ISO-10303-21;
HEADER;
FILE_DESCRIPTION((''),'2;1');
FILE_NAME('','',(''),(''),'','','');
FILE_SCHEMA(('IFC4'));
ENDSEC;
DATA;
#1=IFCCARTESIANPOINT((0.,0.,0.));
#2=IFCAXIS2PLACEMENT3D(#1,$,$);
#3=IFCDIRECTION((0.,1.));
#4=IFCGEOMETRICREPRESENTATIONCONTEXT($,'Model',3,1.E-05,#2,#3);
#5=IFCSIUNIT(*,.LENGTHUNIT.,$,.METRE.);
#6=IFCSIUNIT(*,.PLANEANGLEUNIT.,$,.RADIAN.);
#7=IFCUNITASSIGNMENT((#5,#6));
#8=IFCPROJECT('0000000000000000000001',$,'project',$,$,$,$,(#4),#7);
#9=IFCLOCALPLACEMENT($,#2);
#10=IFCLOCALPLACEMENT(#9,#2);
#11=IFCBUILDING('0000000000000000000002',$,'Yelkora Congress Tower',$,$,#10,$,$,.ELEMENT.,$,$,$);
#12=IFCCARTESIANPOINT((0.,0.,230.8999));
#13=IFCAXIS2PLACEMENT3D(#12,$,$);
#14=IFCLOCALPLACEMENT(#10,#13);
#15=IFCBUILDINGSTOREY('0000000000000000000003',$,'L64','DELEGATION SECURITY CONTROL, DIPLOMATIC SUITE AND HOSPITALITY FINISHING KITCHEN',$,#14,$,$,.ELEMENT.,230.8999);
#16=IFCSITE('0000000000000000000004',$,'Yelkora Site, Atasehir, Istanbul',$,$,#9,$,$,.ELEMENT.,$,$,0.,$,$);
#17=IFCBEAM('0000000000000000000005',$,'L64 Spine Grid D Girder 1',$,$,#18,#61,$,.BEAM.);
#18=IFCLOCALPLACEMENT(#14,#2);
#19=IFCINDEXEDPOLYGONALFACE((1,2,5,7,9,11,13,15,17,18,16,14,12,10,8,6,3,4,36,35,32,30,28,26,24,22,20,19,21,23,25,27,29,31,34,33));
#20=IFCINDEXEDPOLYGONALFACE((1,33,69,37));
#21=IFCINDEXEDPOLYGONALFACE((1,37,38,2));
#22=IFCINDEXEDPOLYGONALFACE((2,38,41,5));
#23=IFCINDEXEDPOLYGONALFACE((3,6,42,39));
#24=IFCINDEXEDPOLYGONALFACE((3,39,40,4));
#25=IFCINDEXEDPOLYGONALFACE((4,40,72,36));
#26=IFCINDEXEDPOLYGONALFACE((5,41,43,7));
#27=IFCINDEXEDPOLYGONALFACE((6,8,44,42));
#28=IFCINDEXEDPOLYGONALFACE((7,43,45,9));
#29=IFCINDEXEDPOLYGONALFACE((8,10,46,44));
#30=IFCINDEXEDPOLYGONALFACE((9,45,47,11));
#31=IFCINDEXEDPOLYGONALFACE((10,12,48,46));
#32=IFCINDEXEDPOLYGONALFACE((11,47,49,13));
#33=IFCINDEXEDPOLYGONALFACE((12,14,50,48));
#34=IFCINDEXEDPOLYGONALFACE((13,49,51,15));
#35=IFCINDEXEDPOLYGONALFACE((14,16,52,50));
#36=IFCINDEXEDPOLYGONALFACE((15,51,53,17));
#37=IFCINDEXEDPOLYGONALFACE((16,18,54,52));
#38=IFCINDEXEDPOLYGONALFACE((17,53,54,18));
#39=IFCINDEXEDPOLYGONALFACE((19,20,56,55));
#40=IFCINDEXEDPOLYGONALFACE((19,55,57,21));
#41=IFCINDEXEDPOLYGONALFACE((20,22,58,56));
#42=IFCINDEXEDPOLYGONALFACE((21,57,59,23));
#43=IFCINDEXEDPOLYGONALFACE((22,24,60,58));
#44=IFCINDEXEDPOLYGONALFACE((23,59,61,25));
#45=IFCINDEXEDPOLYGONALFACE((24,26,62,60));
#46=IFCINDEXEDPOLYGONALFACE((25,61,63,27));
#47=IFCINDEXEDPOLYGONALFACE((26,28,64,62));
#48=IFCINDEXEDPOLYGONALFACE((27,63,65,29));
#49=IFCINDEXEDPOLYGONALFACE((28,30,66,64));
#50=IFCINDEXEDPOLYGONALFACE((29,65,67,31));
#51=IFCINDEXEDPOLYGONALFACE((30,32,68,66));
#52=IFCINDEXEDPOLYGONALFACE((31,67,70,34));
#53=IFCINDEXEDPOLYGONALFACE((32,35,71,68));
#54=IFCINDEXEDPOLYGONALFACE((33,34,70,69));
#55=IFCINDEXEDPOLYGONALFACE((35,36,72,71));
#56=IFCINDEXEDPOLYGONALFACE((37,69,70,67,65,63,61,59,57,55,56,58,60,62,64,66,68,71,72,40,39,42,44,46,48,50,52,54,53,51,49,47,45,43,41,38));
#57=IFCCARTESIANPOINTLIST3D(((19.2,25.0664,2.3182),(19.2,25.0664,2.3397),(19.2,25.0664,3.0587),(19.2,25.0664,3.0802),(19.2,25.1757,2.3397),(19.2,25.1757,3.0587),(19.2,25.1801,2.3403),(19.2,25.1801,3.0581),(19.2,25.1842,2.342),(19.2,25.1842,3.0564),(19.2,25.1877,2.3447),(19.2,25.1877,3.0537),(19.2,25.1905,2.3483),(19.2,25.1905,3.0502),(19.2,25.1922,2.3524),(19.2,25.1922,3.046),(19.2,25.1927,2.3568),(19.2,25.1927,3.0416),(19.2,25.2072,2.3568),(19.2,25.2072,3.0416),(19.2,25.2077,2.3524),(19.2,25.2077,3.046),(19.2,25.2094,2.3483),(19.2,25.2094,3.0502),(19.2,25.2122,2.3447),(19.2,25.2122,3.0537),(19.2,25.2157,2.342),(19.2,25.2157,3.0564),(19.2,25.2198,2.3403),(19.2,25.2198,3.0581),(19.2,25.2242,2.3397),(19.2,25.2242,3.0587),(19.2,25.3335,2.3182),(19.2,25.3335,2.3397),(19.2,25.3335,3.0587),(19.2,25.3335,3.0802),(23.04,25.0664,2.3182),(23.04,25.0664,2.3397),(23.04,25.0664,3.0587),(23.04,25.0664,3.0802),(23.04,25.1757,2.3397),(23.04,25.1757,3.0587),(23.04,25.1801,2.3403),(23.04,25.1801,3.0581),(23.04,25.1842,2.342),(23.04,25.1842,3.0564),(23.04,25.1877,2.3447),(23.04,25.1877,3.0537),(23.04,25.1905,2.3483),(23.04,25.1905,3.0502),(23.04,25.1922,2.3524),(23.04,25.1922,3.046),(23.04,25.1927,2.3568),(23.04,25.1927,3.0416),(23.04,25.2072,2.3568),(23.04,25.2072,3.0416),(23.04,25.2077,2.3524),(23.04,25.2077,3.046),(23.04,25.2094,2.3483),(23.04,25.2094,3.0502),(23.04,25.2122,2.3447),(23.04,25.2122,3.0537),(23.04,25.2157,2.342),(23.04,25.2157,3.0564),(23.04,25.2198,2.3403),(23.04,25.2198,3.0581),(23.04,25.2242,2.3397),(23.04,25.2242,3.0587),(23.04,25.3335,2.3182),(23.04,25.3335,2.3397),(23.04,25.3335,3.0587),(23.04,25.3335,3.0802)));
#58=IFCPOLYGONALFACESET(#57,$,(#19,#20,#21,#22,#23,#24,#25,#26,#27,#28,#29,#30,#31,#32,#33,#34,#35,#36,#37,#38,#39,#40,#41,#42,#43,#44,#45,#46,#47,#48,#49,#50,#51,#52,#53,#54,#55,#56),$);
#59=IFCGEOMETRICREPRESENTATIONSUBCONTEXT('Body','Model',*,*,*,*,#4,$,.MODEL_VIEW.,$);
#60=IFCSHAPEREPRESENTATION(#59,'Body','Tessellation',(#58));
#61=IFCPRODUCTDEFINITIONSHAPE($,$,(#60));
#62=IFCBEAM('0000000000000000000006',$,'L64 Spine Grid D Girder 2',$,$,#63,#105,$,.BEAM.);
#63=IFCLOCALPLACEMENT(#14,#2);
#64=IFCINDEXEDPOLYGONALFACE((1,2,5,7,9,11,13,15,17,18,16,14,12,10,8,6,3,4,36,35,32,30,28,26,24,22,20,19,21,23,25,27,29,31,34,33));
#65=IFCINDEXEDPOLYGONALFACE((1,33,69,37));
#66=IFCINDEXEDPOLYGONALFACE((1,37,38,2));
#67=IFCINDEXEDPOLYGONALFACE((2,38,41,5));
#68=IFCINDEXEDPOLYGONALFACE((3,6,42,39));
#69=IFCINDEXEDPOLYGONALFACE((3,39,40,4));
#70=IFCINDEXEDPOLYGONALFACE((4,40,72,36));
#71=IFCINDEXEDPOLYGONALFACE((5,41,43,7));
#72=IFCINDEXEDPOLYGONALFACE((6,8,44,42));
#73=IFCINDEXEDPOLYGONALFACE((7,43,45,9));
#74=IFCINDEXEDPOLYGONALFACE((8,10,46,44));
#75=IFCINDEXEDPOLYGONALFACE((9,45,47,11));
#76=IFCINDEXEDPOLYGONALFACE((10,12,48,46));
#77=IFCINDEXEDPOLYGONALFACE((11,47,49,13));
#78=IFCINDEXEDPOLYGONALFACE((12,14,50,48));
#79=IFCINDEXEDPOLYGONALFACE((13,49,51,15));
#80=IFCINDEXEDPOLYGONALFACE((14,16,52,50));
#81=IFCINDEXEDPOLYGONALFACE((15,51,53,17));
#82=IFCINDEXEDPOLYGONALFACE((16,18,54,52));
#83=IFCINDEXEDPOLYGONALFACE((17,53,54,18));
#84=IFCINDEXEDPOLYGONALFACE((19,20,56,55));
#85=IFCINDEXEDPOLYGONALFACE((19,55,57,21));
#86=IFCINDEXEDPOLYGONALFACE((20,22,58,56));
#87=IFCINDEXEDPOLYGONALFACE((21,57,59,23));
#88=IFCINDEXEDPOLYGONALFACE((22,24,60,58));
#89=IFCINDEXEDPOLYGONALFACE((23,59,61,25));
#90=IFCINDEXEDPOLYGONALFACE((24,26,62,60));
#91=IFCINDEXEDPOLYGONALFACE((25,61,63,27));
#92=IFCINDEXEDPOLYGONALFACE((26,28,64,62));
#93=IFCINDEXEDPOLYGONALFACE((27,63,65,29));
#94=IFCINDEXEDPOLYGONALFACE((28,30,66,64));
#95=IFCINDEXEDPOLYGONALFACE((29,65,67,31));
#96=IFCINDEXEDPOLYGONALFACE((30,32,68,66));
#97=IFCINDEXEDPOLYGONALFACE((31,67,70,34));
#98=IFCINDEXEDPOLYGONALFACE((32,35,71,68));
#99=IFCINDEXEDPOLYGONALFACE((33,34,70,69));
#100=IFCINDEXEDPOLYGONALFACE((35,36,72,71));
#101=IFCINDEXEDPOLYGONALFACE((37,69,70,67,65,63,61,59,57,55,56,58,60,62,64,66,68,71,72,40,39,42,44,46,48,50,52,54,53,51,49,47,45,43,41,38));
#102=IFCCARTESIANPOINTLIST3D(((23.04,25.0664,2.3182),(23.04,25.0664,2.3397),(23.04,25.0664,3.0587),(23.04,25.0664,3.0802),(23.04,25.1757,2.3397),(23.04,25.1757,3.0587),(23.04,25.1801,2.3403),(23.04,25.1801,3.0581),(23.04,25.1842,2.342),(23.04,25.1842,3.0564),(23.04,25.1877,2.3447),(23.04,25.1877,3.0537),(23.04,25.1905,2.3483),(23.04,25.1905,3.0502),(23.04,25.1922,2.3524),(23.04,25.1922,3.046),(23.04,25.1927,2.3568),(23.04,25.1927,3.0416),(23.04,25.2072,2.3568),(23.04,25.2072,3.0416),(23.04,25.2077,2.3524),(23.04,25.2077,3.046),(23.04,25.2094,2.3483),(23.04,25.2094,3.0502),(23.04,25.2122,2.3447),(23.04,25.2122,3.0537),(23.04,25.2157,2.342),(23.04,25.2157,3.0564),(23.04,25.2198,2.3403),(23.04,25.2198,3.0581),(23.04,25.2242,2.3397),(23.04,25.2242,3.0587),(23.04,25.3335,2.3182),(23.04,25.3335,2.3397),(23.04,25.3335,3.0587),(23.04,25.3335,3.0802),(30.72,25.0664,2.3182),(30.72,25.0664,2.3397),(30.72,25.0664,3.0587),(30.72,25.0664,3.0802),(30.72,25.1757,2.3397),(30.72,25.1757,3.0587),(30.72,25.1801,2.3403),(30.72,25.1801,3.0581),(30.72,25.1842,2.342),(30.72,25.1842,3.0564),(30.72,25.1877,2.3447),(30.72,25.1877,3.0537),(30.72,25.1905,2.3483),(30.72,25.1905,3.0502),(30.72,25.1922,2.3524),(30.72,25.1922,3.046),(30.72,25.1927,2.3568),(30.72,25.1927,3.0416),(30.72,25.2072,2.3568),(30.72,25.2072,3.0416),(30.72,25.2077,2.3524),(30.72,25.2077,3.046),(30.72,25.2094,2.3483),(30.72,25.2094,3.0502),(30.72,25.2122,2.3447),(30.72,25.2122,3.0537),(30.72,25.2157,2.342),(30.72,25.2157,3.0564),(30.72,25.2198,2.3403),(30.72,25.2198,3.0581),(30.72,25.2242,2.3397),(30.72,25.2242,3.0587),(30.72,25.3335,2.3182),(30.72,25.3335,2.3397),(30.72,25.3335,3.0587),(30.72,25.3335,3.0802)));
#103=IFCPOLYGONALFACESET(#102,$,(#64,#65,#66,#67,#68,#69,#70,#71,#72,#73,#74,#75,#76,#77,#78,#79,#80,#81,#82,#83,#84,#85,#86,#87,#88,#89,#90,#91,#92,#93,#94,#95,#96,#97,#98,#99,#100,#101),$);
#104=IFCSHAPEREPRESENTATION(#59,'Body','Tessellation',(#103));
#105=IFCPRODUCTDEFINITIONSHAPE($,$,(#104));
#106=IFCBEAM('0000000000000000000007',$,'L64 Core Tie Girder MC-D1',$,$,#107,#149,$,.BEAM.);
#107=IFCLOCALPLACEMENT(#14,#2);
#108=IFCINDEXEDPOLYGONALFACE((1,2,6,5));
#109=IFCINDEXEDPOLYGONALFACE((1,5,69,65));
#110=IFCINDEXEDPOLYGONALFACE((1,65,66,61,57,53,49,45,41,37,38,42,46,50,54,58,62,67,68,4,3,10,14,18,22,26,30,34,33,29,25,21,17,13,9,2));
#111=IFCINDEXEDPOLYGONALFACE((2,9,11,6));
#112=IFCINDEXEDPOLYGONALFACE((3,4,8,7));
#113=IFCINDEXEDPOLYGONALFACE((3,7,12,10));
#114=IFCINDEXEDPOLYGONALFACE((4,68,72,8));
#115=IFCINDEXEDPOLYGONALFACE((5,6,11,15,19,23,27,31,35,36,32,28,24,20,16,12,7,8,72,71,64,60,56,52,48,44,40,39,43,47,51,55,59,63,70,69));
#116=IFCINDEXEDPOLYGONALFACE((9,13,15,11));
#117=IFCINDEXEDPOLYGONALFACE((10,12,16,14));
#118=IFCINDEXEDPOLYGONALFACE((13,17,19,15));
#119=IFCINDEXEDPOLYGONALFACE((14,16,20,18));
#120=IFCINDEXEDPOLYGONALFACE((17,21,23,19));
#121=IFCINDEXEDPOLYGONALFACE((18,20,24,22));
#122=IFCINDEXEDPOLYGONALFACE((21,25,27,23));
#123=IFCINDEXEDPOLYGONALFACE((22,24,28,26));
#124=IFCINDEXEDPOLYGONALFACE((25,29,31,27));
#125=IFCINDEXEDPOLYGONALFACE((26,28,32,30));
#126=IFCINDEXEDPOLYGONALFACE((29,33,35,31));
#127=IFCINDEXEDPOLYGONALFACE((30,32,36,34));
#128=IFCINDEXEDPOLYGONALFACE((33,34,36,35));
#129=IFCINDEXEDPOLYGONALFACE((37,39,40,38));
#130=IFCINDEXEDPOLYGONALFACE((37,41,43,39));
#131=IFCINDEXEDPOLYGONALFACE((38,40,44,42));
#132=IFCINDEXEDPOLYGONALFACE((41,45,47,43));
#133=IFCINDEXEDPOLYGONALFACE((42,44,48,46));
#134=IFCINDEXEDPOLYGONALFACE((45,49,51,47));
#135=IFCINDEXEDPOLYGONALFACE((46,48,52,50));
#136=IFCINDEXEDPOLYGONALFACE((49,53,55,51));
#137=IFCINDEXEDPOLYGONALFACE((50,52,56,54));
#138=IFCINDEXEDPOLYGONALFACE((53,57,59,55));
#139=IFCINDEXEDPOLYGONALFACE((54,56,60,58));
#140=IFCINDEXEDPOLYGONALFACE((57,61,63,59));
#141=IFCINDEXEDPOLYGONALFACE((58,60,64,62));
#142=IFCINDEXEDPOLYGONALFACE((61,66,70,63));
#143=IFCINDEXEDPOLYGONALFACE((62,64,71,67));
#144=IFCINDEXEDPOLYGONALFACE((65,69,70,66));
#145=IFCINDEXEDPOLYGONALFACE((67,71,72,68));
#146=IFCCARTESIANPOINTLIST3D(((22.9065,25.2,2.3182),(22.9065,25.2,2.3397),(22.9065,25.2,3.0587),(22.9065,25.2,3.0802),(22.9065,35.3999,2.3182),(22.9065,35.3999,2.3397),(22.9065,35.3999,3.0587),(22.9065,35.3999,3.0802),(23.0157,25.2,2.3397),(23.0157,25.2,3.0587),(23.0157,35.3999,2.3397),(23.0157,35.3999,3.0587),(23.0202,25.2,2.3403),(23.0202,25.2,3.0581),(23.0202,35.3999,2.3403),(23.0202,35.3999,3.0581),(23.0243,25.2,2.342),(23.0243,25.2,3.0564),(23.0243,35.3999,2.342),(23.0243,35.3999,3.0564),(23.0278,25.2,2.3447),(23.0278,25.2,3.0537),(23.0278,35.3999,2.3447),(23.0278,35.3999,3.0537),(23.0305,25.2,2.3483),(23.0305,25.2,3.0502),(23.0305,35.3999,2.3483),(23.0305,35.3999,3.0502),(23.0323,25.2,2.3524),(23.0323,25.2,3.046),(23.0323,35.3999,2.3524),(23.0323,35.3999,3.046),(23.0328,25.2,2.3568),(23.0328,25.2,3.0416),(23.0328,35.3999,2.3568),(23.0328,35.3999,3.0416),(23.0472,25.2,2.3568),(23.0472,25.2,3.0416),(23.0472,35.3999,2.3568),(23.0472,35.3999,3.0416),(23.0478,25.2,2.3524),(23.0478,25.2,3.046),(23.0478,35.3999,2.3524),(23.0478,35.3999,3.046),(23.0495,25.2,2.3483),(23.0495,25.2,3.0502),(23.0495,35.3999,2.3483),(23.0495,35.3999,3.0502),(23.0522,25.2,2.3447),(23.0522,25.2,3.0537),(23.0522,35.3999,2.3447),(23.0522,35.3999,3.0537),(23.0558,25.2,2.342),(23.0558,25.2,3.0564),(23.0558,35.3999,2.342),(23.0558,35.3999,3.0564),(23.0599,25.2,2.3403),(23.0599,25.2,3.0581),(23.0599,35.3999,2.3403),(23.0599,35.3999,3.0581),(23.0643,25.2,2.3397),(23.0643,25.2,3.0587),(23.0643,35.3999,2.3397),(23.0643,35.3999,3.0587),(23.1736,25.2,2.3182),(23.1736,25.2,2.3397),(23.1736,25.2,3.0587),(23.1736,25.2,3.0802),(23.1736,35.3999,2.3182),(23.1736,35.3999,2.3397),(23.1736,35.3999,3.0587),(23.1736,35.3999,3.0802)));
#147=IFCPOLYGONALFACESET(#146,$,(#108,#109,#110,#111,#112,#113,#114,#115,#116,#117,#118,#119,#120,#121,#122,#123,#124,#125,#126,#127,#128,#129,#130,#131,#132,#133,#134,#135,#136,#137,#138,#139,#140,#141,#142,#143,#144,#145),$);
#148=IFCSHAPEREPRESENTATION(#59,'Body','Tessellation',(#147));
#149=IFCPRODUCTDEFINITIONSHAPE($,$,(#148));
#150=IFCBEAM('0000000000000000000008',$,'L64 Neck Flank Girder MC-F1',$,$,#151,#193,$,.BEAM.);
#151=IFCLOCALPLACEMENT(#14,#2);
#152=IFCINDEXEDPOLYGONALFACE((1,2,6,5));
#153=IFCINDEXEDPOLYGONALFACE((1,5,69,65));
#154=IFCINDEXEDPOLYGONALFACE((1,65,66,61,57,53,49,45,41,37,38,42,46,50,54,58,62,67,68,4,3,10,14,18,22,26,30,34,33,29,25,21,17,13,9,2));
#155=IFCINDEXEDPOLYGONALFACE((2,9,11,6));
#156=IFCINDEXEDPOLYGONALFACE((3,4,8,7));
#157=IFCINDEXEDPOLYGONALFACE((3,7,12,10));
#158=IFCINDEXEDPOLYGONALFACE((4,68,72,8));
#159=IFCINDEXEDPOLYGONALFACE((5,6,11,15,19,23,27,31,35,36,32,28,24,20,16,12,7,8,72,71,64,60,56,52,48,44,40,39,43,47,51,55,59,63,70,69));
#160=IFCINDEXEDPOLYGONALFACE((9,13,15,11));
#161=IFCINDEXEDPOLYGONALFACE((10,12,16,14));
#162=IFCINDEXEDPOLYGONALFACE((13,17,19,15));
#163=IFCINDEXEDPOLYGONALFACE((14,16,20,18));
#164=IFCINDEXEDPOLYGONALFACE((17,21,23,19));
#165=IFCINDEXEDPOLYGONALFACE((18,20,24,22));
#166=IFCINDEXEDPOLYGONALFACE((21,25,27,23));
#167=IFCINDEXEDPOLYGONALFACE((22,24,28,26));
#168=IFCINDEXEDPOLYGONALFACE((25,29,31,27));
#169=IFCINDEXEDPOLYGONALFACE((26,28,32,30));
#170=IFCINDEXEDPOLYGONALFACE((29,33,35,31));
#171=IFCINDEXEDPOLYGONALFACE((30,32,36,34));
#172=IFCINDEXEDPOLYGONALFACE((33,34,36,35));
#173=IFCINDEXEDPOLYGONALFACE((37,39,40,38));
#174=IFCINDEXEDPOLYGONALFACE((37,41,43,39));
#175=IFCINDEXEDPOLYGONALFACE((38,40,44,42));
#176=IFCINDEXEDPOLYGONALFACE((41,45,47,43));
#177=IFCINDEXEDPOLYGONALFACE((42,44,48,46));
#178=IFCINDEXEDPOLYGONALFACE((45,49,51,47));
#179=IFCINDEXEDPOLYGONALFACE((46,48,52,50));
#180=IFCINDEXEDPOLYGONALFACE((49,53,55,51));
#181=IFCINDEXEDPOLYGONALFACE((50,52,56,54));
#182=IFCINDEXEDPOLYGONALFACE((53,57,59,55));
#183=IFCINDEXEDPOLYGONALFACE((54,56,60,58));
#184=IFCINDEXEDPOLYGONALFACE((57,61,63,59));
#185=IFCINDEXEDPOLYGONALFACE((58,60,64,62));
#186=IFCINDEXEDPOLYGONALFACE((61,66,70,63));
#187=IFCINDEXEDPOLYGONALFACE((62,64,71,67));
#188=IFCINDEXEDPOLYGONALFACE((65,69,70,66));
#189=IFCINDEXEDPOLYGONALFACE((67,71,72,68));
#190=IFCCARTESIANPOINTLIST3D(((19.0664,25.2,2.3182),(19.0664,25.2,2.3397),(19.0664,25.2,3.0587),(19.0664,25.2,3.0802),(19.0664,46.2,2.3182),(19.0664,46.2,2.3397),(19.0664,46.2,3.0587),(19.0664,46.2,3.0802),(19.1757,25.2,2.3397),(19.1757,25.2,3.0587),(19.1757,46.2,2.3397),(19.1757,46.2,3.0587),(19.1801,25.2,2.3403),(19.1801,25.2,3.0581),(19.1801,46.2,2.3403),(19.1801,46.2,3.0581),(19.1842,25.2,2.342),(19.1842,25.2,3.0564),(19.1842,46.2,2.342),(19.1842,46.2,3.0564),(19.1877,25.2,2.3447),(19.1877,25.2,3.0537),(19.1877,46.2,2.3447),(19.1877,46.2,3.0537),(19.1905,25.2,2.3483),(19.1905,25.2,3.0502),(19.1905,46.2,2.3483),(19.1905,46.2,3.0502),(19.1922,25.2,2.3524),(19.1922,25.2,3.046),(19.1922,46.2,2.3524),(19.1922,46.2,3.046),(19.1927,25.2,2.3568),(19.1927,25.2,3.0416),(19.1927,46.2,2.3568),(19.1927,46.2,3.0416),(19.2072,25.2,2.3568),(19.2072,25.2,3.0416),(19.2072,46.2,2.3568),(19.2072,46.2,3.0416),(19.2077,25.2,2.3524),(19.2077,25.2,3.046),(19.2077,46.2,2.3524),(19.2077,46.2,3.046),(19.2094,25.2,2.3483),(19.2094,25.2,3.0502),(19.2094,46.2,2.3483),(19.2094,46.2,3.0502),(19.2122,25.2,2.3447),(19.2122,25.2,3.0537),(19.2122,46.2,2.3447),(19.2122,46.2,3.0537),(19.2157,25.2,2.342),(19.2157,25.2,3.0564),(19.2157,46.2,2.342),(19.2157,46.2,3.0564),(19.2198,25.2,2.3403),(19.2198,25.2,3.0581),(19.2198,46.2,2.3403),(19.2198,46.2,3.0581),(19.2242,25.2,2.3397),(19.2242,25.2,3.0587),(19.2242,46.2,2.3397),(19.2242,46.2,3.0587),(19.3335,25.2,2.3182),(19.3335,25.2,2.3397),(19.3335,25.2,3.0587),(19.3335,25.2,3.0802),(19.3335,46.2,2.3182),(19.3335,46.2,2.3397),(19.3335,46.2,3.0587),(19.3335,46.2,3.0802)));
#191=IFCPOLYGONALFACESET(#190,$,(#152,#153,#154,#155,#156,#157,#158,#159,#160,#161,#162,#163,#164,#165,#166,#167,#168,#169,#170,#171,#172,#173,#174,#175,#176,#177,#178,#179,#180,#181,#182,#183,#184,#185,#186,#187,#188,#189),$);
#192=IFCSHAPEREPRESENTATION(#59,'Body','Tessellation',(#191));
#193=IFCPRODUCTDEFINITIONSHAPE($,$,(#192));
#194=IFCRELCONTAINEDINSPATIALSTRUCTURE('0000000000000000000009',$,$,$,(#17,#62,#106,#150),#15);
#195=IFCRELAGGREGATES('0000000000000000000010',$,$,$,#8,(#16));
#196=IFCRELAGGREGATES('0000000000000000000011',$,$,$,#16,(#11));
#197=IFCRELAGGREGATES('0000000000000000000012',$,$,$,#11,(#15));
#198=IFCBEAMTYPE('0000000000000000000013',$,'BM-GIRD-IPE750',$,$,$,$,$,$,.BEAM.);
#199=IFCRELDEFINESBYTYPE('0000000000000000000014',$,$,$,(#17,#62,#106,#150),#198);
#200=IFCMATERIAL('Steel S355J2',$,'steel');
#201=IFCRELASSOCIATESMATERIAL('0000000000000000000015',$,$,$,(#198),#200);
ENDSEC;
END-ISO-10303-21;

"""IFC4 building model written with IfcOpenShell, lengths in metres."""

from ifc_helpers import new_model, si_unit, direction, frame, origin, origin_2d, place, context, subcontext, project, spatial, i_section, extrude, material, material_profile, profile_set, type_object, element, save


model = new_model("IFC4")

# Units and contexts
model_context = context("Model", 3, precision=1e-05, world=origin(), true_north=direction((0.0, 1.0)))
body_context = subcontext(model_context, "Body", "Model", "MODEL_VIEW")
ifc_project = project(units=[si_unit("LENGTHUNIT", "METRE"), si_unit("PLANEANGLEUNIT", "RADIAN")], contexts=[model_context])

# Site, building, storey
site_placement = place(None, origin())
site = spatial("IfcSite", under=ifc_project, at=site_placement, Name="Yelkora Site, Atasehir, Istanbul", CompositionType="ELEMENT", RefElevation=0.0)
building_placement = place(site_placement, origin())
building = spatial("IfcBuilding", under=site, at=building_placement, Name="Yelkora Congress Tower", CompositionType="ELEMENT")
storey_placement = place(building_placement, frame((0.0, 0.0, 230.8999)))
storey = spatial("IfcBuildingStorey", under=building, at=storey_placement, Name="L64", Description="DELEGATION SECURITY CONTROL, DIPLOMATIC SUITE AND HOSPITALITY FINISHING KITCHEN", CompositionType="ELEMENT", Elevation=230.8999)

# Shared definitions
ifc_material_1 = material(Name="Steel S355J2", Category="steel")

# Beams
ifc_material_profile_1 = material_profile(ifc_material_1, i_section(OverallWidth=0.2671, OverallDepth=0.762, WebThickness=0.0144, FlangeThickness=0.0215, FilletRadius=0.0171, at=origin_2d()), Name="IPE 750x173")
ifc_profile_set_1 = profile_set([ifc_material_profile_1], Name="Steel S355J2")
beam_type_1 = type_object("IfcBeamType", Name="BM-GIRD-IPE750", PredefinedType="BEAM", material=ifc_profile_set_1)
beam_1_placement = place(storey_placement, frame((19.2, 25.2, 2.6992), z_axis=(1.0, 0.0, 0.0), x_axis=(0.0, 1.0, 0.0)))
element("IfcBeam", 1, at=beam_1_placement, inside=storey, type_object=beam_type_1, Name="L64 Spine Grid D Girder 1", PredefinedType="BEAM", context=body_context, shape_type="SweptSolid", body=[
    extrude(i_section(OverallWidth=0.2671, OverallDepth=0.762, WebThickness=0.0144, FlangeThickness=0.0215, FilletRadius=0.0171, at=origin_2d()), origin(), (0.0, 0.0, 1.0), 3.8401),
])
beam_2_placement = place(storey_placement, frame((23.04, 25.2, 2.6992), z_axis=(1.0, 0.0, 0.0), x_axis=(0.0, 1.0, 0.0)))
element("IfcBeam", 2, at=beam_2_placement, inside=storey, type_object=beam_type_1, Name="L64 Spine Grid D Girder 2", PredefinedType="BEAM", context=body_context, shape_type="SweptSolid", body=[
    extrude(i_section(OverallWidth=0.2671, OverallDepth=0.762, WebThickness=0.0144, FlangeThickness=0.0215, FilletRadius=0.0171, at=origin_2d()), origin(), (0.0, 0.0, 1.0), 7.6799),
])
beam_3_placement = place(storey_placement, frame((23.04, 25.2, 2.6992), z_axis=(0.0, 1.0, 0.0), x_axis=(-1.0, 0.0, 0.0)))
element("IfcBeam", 3, at=beam_3_placement, inside=storey, type_object=beam_type_1, Name="L64 Core Tie Girder MC-D1", PredefinedType="BEAM", context=body_context, shape_type="SweptSolid", body=[
    extrude(i_section(OverallWidth=0.2671, OverallDepth=0.762, WebThickness=0.0144, FlangeThickness=0.0215, FilletRadius=0.0171, at=origin_2d()), origin(), (0.0, 0.0, 1.0), 10.2),
])
beam_4_placement = place(storey_placement, frame((19.2, 25.2, 2.6992), z_axis=(0.0, 1.0, 0.0), x_axis=(-1.0, 0.0, 0.0)))
element("IfcBeam", 4, at=beam_4_placement, inside=storey, type_object=beam_type_1, Name="L64 Neck Flank Girder MC-F1", PredefinedType="BEAM", context=body_context, shape_type="SweptSolid", body=[
    extrude(i_section(OverallWidth=0.2671, OverallDepth=0.762, WebThickness=0.0144, FlangeThickness=0.0215, FilletRadius=0.0171, at=origin_2d()), origin(), (0.0, 0.0, 1.0), 21.0),
])

save(model, "model.ifc")
